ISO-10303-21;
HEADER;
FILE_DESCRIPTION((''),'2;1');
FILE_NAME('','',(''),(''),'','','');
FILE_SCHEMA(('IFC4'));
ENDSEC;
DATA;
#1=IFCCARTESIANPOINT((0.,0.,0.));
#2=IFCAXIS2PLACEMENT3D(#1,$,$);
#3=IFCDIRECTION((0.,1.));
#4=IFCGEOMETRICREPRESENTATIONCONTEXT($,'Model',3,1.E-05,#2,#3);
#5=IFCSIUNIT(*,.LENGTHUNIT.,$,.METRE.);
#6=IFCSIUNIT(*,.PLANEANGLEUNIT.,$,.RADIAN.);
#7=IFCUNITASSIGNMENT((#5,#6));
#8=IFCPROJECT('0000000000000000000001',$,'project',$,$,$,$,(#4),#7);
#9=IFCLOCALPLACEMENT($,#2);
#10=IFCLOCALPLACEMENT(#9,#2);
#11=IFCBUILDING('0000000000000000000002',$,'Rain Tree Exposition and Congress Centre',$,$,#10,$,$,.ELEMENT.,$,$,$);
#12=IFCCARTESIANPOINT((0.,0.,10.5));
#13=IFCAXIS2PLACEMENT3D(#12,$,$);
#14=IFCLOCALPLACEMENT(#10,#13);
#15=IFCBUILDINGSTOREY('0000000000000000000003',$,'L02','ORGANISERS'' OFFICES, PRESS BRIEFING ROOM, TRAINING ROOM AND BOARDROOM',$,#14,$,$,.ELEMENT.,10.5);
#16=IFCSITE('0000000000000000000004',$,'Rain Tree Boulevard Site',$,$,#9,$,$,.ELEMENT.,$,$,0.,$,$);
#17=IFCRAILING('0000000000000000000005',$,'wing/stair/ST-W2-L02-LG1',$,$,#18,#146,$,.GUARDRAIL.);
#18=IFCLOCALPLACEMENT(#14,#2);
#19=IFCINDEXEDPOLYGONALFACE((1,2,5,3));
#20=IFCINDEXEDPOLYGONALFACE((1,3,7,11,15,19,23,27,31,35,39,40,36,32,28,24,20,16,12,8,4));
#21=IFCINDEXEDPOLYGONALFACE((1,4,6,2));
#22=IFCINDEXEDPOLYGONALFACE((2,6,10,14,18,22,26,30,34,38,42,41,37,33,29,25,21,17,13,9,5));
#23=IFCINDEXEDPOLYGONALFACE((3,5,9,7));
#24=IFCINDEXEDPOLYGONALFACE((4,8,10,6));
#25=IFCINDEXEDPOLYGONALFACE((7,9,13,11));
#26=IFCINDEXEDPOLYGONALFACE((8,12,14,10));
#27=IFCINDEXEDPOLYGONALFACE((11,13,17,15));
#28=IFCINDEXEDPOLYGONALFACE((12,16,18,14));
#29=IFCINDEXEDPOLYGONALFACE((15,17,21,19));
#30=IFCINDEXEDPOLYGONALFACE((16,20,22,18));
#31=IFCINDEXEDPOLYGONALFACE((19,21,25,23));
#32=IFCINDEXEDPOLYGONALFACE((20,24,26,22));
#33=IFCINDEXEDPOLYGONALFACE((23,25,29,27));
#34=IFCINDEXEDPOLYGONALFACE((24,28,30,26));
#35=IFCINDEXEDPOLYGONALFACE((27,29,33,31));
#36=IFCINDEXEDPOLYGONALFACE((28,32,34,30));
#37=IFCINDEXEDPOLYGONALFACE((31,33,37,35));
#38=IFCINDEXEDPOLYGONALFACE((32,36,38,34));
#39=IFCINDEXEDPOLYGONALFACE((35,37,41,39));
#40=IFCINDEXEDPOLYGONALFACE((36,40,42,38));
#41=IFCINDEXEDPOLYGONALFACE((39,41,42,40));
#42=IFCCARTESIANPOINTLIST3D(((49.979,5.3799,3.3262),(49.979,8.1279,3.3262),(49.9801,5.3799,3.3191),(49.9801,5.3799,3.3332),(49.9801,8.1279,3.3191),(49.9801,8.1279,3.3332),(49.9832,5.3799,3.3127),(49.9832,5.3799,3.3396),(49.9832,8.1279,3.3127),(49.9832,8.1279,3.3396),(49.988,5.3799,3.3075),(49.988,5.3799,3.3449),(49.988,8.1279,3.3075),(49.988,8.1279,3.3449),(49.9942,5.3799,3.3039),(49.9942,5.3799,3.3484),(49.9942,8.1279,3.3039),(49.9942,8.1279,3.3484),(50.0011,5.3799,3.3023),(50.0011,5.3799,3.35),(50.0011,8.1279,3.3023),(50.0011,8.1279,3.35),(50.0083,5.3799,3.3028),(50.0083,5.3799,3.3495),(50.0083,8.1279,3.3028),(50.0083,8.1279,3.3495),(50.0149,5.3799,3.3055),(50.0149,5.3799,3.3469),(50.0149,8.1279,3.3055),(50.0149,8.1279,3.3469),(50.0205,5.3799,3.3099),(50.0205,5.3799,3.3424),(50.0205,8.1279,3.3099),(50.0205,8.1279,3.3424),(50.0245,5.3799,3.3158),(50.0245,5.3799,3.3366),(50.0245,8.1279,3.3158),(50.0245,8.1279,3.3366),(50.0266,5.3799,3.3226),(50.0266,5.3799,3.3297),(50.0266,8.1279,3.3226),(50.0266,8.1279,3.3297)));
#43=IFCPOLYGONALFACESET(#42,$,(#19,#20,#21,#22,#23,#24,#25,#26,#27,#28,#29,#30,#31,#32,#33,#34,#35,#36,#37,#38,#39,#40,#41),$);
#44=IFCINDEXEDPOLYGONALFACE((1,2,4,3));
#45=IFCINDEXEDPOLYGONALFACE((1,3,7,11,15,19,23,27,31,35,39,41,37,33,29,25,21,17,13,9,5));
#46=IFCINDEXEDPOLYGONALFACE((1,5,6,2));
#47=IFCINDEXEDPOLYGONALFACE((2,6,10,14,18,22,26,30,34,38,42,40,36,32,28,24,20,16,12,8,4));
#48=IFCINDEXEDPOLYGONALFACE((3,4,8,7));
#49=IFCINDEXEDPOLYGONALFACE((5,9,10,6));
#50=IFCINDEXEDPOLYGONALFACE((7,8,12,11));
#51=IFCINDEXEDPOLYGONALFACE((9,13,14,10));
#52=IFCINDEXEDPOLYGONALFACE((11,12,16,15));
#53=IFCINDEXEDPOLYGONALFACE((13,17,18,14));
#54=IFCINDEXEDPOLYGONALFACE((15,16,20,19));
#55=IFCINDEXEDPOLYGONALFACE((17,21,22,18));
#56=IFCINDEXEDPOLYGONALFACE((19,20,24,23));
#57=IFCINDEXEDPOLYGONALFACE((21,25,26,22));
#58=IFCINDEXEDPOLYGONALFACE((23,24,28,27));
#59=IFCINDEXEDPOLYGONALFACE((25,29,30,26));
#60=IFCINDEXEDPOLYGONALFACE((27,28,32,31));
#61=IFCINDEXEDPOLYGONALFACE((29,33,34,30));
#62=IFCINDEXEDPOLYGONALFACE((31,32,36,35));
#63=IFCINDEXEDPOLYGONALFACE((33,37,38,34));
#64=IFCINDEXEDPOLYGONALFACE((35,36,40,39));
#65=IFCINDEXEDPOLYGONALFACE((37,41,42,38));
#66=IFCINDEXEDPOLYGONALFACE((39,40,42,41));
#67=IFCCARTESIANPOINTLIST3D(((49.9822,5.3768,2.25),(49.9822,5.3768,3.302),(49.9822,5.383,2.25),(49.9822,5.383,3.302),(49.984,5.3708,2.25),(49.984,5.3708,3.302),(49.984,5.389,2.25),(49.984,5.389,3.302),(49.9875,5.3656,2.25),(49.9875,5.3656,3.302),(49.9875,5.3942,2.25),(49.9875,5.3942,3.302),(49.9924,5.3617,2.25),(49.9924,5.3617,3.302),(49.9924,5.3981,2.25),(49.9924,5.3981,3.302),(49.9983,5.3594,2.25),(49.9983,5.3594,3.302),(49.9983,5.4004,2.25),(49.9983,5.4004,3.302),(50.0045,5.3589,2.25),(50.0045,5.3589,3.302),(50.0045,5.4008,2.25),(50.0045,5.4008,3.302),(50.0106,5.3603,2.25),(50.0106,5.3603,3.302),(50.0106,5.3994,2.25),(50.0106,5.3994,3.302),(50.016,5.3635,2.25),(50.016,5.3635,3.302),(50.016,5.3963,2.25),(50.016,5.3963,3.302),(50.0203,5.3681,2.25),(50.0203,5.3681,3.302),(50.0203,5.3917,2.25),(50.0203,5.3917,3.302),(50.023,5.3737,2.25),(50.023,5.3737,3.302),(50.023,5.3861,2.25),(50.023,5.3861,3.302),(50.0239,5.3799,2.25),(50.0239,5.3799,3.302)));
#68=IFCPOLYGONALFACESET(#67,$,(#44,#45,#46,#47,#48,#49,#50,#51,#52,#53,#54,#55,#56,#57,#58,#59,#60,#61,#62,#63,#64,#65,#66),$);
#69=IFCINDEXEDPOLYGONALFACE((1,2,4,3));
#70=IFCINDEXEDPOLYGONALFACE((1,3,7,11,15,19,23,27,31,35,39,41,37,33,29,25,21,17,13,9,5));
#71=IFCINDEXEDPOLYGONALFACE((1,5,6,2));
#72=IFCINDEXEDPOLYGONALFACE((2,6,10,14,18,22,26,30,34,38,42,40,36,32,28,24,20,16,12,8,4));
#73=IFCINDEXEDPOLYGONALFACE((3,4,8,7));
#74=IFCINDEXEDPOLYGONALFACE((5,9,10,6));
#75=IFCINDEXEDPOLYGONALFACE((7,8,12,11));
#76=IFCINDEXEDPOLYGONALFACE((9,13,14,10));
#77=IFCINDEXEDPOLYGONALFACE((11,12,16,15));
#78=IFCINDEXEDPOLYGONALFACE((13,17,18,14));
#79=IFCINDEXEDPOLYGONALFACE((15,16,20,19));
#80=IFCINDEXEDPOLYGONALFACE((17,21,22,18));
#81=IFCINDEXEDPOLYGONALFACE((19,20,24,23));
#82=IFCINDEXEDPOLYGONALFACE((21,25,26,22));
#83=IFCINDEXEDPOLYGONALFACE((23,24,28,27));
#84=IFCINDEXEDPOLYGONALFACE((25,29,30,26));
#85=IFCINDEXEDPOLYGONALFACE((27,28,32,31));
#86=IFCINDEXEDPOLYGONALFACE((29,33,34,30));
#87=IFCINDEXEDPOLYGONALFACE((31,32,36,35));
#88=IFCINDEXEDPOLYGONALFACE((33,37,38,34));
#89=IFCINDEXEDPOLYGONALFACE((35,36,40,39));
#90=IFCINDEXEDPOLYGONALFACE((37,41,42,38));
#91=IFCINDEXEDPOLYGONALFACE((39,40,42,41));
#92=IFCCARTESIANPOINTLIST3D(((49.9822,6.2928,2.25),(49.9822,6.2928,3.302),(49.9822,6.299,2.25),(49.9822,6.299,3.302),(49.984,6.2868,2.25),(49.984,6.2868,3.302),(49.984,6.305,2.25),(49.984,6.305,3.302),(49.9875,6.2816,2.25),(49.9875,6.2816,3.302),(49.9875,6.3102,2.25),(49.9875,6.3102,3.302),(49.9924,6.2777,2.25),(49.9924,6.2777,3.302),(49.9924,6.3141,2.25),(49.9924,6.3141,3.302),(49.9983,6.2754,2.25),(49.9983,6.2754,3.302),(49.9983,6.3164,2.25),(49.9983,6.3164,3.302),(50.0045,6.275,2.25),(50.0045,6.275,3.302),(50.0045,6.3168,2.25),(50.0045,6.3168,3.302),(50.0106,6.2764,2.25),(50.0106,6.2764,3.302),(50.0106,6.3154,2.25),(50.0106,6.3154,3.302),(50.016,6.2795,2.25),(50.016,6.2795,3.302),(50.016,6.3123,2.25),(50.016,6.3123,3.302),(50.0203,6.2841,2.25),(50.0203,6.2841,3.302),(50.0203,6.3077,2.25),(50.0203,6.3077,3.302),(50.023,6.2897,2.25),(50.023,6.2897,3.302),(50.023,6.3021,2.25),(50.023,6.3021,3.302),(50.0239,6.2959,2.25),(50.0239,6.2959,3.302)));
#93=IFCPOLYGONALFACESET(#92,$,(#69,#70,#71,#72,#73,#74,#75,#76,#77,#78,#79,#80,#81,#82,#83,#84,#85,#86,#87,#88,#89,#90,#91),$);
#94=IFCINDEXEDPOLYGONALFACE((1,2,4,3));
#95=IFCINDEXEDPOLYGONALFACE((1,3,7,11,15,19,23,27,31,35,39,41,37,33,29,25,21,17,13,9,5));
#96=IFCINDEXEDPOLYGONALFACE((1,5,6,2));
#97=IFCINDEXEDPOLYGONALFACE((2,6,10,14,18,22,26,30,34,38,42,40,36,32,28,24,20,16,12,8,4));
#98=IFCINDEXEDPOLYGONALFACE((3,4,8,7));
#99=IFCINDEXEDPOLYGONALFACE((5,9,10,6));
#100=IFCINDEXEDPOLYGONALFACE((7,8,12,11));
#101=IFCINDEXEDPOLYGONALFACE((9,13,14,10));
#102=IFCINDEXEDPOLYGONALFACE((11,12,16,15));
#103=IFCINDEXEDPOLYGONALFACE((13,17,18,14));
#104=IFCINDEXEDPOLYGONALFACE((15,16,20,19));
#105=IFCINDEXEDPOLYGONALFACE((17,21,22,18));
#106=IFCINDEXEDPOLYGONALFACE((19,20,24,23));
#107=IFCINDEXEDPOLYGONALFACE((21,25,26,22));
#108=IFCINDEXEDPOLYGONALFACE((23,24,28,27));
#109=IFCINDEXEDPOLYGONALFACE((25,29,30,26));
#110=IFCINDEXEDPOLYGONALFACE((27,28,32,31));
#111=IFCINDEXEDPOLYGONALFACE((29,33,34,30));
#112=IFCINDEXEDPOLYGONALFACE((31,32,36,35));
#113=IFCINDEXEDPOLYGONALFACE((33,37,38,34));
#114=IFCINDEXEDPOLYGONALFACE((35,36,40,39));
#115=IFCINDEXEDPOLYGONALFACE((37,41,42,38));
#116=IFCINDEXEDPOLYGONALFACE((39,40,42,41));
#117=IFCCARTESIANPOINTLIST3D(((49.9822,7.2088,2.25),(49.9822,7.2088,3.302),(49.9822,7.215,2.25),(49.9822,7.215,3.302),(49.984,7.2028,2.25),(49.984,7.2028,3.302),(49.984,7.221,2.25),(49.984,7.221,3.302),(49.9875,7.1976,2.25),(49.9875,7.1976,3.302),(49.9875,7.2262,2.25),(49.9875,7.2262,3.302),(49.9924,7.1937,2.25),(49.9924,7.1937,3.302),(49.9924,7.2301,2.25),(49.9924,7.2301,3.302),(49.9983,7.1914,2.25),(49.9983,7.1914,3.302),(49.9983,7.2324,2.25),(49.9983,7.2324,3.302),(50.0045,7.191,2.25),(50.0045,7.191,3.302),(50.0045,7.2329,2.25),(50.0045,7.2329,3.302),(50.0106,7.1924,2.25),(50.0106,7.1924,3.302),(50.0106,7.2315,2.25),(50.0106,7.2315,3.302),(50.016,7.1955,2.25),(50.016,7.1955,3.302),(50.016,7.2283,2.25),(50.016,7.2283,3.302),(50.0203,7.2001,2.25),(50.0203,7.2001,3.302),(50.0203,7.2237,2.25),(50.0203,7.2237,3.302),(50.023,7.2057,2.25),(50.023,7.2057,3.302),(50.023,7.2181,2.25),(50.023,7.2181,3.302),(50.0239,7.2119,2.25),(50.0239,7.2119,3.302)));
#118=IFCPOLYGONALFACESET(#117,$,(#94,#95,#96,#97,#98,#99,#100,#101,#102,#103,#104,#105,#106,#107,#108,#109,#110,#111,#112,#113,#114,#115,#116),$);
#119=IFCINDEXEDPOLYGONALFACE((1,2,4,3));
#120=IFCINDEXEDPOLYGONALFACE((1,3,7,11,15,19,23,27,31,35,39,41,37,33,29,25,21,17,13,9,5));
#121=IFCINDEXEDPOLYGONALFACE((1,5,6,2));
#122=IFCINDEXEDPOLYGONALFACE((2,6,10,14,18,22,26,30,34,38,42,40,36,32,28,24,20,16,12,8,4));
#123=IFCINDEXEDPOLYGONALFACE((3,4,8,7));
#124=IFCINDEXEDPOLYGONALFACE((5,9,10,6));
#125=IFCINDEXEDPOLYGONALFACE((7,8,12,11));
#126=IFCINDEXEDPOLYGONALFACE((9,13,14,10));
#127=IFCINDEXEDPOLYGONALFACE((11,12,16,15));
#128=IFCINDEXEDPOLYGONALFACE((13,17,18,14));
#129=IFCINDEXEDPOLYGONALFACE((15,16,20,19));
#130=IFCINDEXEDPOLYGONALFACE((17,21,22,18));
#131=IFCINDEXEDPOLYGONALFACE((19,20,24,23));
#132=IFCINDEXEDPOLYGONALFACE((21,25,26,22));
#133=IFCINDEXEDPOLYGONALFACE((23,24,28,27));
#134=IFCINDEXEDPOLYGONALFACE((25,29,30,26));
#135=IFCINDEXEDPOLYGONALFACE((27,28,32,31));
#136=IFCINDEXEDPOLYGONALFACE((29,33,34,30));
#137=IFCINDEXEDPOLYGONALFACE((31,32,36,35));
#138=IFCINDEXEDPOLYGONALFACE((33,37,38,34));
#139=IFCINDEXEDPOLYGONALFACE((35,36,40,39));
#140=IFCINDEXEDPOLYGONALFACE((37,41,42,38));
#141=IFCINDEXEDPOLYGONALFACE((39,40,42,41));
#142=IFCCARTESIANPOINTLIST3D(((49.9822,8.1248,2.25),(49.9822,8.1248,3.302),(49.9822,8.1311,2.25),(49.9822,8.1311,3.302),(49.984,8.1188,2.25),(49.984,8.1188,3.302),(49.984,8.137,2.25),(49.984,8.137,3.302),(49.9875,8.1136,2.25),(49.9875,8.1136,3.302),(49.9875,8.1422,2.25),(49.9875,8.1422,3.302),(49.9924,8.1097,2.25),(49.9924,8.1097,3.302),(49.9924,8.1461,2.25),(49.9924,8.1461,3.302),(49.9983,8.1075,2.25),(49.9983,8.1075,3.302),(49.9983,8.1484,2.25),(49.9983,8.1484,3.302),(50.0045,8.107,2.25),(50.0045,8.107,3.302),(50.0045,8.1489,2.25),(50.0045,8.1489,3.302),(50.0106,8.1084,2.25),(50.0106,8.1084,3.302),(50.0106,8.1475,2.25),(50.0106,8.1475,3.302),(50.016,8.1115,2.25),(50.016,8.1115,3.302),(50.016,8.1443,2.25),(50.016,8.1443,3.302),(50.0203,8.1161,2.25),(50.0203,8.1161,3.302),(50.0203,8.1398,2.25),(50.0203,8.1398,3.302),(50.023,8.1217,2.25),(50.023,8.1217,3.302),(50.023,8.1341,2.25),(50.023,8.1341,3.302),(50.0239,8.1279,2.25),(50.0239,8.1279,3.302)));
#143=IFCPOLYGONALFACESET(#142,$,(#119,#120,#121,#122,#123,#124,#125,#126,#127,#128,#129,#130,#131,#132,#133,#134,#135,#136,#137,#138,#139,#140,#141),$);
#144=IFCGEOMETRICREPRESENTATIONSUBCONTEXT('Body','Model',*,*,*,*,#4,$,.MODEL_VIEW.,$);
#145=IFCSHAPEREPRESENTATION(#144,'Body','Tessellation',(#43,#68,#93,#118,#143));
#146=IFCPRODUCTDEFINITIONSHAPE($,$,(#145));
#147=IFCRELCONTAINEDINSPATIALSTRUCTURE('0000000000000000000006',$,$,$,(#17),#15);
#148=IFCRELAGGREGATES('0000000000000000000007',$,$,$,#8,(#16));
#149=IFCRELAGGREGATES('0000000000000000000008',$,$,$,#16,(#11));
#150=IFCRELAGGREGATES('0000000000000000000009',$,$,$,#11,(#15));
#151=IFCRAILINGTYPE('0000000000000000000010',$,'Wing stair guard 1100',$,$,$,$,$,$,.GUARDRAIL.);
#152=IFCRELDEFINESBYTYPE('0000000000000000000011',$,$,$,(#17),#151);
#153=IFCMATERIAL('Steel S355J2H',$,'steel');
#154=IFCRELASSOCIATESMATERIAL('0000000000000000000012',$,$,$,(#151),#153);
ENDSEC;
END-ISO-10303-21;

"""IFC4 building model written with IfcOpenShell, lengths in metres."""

from ifc_helpers import new_model, si_unit, direction, frame, origin, origin_2d, place, context, subcontext, project, spatial, circle, extrude, material, type_object, element, save


model = new_model("IFC4")

# Units and contexts
model_context = context("Model", 3, precision=1e-05, world=origin(), true_north=direction((0.0, 1.0)))
body_context = subcontext(model_context, "Body", "Model", "MODEL_VIEW")
ifc_project = project(units=[si_unit("LENGTHUNIT", "METRE"), si_unit("PLANEANGLEUNIT", "RADIAN")], contexts=[model_context])

# Site, building, storey
site_placement = place(None, origin())
site = spatial("IfcSite", under=ifc_project, at=site_placement, Name="Rain Tree Boulevard Site", CompositionType="ELEMENT", RefElevation=0.0)
building_placement = place(site_placement, origin())
building = spatial("IfcBuilding", under=site, at=building_placement, Name="Rain Tree Exposition and Congress Centre", CompositionType="ELEMENT")
storey_placement = place(building_placement, frame((0.0, 0.0, 10.5)))
storey = spatial("IfcBuildingStorey", under=building, at=storey_placement, Name="L02", Description="ORGANISERS' OFFICES, PRESS BRIEFING ROOM, TRAINING ROOM AND BOARDROOM", CompositionType="ELEMENT", Elevation=10.5)

# Railing
ifc_material_1 = material(Name="Steel S355J2H", Category="steel")
railing_type_1 = type_object("IfcRailingType", Name="Wing stair guard 1100", PredefinedType="GUARDRAIL", material=ifc_material_1)
railing_1_placement = place(storey_placement, frame((50.0029, 5.3799, 2.25)))
element("IfcRailing", 1, at=railing_1_placement, inside=storey, type_object=railing_type_1, Name="wing/stair/ST-W2-L02-LG1", PredefinedType="GUARDRAIL", context=body_context, shape_type="SweptSolid", body=[
    extrude(circle(Radius=0.0239, at=origin_2d()), frame((0.0, 0.0, 1.0762), z_axis=(0.0, 1.0, 0.0), x_axis=(-1.0, 0.0, 0.0)), (0.0, 0.0, 1.0), 2.748),
    extrude(circle(Radius=0.021, at=origin_2d()), origin(), (0.0, 0.0, 1.0), 1.052),
    extrude(circle(Radius=0.021, at=origin_2d()), frame((0.0, 0.916, 0.0)), (0.0, 0.0, 1.0), 1.052),
    extrude(circle(Radius=0.021, at=origin_2d()), frame((0.0, 1.832, 0.0)), (0.0, 0.0, 1.0), 1.052),
    extrude(circle(Radius=0.021, at=origin_2d()), frame((0.0, 2.748, 0.0)), (0.0, 0.0, 1.0), 1.052),
])

save(model, "model.ifc")
